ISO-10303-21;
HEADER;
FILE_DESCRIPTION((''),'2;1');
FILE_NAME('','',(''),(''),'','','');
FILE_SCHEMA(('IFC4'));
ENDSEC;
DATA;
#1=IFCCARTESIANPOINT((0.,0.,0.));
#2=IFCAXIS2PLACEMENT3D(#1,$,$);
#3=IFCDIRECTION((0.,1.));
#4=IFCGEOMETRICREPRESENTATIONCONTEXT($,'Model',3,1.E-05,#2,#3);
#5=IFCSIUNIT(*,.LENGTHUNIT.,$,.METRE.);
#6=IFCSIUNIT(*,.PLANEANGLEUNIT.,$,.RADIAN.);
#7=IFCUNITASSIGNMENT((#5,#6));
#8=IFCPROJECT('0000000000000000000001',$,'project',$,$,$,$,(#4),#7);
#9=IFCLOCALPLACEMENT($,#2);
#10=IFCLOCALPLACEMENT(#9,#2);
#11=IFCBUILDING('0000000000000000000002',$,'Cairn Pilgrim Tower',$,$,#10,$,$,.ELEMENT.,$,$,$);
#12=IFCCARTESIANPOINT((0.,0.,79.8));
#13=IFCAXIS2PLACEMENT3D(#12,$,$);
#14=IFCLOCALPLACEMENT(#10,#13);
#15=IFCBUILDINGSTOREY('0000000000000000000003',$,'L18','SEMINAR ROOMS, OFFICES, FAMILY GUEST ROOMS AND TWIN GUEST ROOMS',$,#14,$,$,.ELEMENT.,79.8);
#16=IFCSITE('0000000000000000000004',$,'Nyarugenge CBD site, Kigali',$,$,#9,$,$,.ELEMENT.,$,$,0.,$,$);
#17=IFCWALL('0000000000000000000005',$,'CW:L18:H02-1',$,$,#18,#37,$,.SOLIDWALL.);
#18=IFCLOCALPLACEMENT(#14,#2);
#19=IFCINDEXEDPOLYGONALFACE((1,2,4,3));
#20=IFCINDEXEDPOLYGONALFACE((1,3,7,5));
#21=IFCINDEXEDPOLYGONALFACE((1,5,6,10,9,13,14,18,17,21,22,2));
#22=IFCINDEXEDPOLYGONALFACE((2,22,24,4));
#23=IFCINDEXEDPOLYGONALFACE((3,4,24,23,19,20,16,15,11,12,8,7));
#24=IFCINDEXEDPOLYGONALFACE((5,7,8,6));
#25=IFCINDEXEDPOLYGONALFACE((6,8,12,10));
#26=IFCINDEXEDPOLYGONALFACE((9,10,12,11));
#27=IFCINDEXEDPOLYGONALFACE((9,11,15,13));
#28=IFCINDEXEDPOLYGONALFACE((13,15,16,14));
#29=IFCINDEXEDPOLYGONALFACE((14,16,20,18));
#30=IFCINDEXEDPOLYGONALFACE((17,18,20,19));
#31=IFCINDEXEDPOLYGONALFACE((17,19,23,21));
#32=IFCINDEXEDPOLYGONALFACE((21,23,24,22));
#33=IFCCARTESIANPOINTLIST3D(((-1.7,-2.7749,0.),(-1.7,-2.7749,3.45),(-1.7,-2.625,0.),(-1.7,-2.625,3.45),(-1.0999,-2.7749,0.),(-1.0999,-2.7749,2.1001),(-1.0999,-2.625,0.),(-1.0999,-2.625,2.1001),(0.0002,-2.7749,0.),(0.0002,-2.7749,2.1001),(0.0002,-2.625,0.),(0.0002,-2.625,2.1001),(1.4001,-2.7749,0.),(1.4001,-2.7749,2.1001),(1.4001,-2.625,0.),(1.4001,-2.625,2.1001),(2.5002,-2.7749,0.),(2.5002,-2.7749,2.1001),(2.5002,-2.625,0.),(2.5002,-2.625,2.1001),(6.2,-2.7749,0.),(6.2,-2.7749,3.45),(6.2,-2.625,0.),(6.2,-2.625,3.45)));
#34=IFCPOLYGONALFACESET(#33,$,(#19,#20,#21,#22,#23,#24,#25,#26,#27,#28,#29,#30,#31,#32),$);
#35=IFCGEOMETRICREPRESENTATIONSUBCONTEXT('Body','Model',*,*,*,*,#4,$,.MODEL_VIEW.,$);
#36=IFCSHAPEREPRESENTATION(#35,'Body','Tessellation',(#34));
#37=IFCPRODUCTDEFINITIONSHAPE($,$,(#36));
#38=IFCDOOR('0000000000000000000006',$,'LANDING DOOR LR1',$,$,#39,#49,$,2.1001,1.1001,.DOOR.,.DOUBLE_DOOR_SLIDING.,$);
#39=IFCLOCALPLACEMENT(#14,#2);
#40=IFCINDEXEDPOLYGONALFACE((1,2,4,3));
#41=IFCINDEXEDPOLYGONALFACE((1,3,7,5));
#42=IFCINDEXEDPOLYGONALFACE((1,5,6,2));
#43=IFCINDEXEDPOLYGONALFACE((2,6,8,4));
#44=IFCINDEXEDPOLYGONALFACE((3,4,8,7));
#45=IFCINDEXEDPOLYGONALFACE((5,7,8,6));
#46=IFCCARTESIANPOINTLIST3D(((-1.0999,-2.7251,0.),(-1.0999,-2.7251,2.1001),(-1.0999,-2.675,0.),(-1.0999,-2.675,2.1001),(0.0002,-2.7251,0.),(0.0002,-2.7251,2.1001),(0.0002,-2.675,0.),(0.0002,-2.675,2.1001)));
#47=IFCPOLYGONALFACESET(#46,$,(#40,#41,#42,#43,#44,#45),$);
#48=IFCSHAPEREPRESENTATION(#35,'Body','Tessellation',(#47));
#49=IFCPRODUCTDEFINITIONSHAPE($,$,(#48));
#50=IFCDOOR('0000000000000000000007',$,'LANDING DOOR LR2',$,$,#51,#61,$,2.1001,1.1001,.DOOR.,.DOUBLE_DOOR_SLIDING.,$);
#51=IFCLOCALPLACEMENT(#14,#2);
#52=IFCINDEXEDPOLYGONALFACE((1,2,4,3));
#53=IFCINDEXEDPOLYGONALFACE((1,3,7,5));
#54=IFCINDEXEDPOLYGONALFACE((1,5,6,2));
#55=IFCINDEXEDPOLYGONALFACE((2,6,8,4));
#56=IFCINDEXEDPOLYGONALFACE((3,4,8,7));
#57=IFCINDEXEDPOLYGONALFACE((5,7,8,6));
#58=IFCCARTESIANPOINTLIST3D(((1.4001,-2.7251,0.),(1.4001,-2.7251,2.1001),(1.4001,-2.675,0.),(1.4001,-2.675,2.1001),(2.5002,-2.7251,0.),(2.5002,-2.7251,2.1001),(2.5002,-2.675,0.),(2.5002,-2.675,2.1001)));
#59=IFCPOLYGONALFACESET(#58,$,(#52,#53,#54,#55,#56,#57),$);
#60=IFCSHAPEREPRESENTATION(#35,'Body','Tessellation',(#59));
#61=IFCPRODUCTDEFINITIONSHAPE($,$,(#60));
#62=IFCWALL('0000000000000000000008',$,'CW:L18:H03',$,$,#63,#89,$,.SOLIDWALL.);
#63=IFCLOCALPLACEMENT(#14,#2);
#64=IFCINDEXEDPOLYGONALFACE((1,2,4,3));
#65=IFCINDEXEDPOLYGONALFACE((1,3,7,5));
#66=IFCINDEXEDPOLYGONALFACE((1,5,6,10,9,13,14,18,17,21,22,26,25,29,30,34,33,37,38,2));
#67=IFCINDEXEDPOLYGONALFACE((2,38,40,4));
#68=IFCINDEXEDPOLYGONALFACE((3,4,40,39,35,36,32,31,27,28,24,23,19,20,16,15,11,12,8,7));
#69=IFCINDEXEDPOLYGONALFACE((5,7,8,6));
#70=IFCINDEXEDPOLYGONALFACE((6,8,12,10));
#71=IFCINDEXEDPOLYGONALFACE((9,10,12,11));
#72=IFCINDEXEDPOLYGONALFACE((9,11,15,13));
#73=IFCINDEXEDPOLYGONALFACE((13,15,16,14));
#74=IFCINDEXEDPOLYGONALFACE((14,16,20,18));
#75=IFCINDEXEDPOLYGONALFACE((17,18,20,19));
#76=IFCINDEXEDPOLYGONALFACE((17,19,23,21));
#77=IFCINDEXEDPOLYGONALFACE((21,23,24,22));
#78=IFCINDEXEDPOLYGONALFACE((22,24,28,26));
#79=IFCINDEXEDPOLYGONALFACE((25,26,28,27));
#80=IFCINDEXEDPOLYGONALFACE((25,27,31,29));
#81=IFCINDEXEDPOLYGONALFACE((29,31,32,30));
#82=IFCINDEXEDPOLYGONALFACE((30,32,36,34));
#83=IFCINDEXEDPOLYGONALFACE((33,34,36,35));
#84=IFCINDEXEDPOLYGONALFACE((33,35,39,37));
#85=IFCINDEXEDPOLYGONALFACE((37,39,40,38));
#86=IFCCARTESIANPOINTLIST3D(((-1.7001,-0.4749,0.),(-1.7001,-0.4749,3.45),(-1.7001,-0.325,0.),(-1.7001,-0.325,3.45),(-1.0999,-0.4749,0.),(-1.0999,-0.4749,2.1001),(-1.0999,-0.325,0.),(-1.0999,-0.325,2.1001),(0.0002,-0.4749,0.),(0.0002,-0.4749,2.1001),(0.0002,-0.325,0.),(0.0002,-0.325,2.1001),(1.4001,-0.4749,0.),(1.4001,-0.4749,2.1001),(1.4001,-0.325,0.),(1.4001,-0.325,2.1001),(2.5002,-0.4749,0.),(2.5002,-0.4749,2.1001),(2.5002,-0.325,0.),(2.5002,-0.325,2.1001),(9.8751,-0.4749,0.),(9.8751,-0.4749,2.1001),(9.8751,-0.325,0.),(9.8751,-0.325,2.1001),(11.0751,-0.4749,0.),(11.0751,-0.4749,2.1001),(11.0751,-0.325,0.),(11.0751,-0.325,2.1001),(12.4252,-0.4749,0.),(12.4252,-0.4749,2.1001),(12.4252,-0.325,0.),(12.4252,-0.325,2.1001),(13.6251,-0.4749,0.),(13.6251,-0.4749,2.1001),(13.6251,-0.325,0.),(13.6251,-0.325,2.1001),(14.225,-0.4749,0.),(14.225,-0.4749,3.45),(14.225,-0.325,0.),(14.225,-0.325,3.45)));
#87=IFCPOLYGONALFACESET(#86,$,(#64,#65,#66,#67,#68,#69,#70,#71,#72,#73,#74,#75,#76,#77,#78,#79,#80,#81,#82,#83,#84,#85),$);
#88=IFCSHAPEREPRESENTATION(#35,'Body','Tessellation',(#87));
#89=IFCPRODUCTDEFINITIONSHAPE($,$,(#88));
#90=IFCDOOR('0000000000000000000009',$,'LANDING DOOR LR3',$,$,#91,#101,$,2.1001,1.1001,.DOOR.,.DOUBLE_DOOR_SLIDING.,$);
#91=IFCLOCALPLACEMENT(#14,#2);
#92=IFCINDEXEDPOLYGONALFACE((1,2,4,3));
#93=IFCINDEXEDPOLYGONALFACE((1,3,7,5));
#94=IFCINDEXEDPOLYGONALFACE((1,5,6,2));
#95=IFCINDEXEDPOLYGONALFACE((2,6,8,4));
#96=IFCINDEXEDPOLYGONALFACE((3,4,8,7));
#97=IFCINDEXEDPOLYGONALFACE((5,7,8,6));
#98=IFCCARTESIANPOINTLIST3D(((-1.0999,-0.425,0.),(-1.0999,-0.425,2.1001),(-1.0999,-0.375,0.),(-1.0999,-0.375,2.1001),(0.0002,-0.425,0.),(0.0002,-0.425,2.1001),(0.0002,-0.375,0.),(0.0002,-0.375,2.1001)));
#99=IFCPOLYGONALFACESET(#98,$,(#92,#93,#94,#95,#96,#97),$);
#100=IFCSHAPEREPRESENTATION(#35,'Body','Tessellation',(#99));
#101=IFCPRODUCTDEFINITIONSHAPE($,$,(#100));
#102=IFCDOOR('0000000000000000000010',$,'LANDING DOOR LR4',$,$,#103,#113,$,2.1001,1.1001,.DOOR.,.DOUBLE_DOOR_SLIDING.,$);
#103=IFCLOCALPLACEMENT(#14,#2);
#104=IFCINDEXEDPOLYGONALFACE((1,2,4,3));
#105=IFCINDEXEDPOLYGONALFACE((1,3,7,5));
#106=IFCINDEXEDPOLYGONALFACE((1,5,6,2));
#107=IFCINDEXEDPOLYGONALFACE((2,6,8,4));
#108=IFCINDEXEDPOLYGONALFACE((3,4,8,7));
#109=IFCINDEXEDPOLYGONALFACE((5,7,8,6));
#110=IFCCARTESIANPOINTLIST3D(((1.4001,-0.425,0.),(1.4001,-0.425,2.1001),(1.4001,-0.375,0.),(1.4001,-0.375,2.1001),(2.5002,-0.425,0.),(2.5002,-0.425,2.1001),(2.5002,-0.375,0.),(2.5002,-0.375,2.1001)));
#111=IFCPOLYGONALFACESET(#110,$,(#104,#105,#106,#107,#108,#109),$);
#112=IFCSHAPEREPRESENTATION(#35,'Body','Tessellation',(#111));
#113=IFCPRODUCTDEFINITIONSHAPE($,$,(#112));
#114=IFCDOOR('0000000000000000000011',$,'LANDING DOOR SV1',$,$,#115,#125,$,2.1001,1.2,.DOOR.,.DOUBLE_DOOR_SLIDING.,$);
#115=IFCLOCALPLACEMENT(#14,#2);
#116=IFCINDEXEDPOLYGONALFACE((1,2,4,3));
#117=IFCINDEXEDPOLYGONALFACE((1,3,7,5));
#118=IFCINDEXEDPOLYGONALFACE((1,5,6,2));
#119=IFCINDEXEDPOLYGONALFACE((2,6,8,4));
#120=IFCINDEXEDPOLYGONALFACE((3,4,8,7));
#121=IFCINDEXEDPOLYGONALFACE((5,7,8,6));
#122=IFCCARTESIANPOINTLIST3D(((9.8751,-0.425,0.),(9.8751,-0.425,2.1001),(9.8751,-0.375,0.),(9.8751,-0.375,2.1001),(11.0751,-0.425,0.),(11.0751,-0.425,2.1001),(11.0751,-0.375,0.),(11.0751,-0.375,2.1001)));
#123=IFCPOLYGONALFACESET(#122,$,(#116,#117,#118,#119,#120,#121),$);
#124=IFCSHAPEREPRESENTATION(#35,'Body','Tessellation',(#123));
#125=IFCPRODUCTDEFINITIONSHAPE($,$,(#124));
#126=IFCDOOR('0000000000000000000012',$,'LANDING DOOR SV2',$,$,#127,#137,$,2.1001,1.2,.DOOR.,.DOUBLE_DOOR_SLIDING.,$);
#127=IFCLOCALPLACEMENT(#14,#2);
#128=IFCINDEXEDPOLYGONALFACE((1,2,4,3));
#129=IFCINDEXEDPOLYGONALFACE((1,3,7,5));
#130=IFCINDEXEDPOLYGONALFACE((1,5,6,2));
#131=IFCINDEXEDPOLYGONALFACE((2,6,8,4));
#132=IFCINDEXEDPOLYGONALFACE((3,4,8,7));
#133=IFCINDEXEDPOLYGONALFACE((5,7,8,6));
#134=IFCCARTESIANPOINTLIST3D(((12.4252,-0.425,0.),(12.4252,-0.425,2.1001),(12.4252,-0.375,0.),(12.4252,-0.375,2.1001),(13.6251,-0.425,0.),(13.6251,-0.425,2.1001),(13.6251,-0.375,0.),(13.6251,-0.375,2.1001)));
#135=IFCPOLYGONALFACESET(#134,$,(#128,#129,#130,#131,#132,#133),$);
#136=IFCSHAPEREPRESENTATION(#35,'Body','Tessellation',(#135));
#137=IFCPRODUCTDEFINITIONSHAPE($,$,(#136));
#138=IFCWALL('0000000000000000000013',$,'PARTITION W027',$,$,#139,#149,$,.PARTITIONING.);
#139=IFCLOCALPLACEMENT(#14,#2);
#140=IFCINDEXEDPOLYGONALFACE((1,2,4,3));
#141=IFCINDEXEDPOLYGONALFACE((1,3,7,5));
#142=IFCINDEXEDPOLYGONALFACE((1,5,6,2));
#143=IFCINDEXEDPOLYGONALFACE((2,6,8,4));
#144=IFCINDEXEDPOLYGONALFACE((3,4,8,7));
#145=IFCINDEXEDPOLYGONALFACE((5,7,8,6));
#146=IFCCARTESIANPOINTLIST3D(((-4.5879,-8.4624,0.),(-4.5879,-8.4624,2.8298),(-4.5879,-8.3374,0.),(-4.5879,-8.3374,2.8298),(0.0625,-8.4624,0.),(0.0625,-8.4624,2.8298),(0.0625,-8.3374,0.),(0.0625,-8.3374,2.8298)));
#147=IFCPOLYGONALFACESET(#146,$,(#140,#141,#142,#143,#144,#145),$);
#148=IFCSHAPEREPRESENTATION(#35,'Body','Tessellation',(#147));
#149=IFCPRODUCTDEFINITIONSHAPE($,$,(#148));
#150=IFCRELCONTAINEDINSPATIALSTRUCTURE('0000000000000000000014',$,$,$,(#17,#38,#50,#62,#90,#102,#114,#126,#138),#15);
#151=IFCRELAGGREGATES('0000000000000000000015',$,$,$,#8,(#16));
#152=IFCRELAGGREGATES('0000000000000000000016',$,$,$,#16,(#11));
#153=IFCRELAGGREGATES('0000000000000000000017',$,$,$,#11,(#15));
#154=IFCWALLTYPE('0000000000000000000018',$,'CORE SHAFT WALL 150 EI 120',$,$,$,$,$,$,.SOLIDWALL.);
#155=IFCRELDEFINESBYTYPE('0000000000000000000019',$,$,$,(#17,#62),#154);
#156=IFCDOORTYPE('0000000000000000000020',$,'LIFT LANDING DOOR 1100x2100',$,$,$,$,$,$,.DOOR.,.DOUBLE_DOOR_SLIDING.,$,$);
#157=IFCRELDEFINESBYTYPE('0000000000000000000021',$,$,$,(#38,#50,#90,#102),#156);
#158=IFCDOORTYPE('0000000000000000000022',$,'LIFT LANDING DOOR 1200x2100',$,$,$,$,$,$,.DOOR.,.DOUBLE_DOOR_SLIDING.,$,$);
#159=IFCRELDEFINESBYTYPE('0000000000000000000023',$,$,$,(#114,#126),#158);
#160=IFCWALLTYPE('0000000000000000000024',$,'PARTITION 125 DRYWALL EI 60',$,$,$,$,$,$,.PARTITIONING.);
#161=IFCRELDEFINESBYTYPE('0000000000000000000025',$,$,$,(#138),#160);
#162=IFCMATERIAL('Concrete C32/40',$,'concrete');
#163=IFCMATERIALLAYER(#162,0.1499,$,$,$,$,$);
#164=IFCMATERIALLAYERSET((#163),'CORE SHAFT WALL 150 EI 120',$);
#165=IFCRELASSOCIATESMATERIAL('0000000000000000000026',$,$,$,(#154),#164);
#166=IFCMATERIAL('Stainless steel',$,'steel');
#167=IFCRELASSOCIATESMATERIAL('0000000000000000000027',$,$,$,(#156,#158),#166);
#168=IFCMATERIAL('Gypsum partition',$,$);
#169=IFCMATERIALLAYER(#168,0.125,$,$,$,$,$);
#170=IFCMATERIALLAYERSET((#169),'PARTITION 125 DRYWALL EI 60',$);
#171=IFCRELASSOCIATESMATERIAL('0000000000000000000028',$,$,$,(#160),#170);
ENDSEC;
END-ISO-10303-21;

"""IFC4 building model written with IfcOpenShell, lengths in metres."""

from ifc_helpers import new_model, si_unit, direction, frame, frame_2d, origin, place, context, subcontext, project, spatial, rectangle, extrude, material, layer, layer_set, type_object, element, fill, save


model = new_model("IFC4")

# Units and contexts
model_context = context("Model", 3, precision=1e-05, world=origin(), true_north=direction((0.0, 1.0)))
body_context = subcontext(model_context, "Body", "Model", "MODEL_VIEW")
ifc_project = project(units=[si_unit("LENGTHUNIT", "METRE"), si_unit("PLANEANGLEUNIT", "RADIAN")], contexts=[model_context])

# Site, building, storey
site_placement = place(None, origin())
site = spatial("IfcSite", under=ifc_project, at=site_placement, Name="Nyarugenge CBD site, Kigali", CompositionType="ELEMENT", RefElevation=0.0)
building_placement = place(site_placement, origin())
building = spatial("IfcBuilding", under=site, at=building_placement, Name="Cairn Pilgrim Tower", CompositionType="ELEMENT")
storey_placement = place(building_placement, frame((0.0, 0.0, 79.8)))
storey = spatial("IfcBuildingStorey", under=building, at=storey_placement, Name="L18", Description="SEMINAR ROOMS, OFFICES, FAMILY GUEST ROOMS AND TWIN GUEST ROOMS", CompositionType="ELEMENT", Elevation=79.8)

# Shared definitions
ifc_material_1 = material(Name="Concrete C32/40", Category="concrete")

# Walls, openings, doors
ifc_layer_1 = layer(ifc_material_1, 0.1499)
ifc_layer_set_1 = layer_set([ifc_layer_1], Name="CORE SHAFT WALL 150 EI 120")
wall_type_1 = type_object("IfcWallType", Name="CORE SHAFT WALL 150 EI 120", PredefinedType="SOLIDWALL", material=ifc_layer_set_1)
wall_1_placement = place(storey_placement, frame((-1.7, -2.7, 0.0), z_axis=(0.0, 0.0, 1.0), x_axis=(1.0, 0.0, 0.0)))
wall_1 = element("IfcWall", 1, at=wall_1_placement, inside=storey, type_object=wall_type_1, Name="CW:L18:H02-1", PredefinedType="SOLIDWALL", context=body_context, shape_type="SweptSolid", body=[
    extrude(rectangle(XDim=7.8999, YDim=0.1499, at=frame_2d((3.95, 0.0))), origin(), (0.0, 0.0, 1.0), 3.45),
])
opening_1_placement = place(wall_1_placement, frame((0.6001, 0.0, 0.0)))
opening_1 = element("IfcOpeningElement", 2, at=opening_1_placement, cuts=wall_1, PredefinedType="OPENING", context=body_context, shape_type="SweptSolid", body=[
    extrude(rectangle(XDim=1.1001, YDim=2.1001, at=frame_2d((0.55, 1.05))), frame((0.0, 0.085, 0.0), z_axis=(0.0, -1.0, 0.0), x_axis=(1.0, 0.0, 0.0)), (0.0, 0.0, 1.0), 0.1699),
])
opening_2_placement = place(wall_1_placement, frame((3.1001, 0.0, 0.0)))
opening_2 = element("IfcOpeningElement", 3, at=opening_2_placement, cuts=wall_1, PredefinedType="OPENING", context=body_context, shape_type="SweptSolid", body=[
    extrude(rectangle(XDim=1.1001, YDim=2.1001, at=frame_2d((0.55, 1.05))), frame((0.0, 0.085, 0.0), z_axis=(0.0, -1.0, 0.0), x_axis=(1.0, 0.0, 0.0)), (0.0, 0.0, 1.0), 0.1699),
])
ifc_material_2 = material(Name="Stainless steel", Category="steel")
door_type_1 = type_object("IfcDoorType", Name="LIFT LANDING DOOR 1100x2100", OperationType="DOUBLE_DOOR_SLIDING", PredefinedType="DOOR", material=ifc_material_2)
door_1_placement = place(opening_1_placement, origin())
door_1 = element("IfcDoor", 4, at=door_1_placement, inside=storey, type_object=door_type_1, Name="LANDING DOOR LR1", OperationType="DOUBLE_DOOR_SLIDING", OverallHeight=2.1001, OverallWidth=1.1001, PredefinedType="DOOR", context=body_context, shape_type="SweptSolid", body=[
    extrude(rectangle(XDim=1.1001, YDim=2.1001, at=frame_2d((0.55, 1.05))), frame((0.0, 0.0249, 0.0), z_axis=(0.0, -1.0, 0.0), x_axis=(1.0, 0.0, 0.0)), (0.0, 0.0, 1.0), 0.05),
])
fill(opening_1, door_1)
door_2_placement = place(opening_2_placement, origin())
door_2 = element("IfcDoor", 5, at=door_2_placement, inside=storey, type_object=door_type_1, Name="LANDING DOOR LR2", OperationType="DOUBLE_DOOR_SLIDING", OverallHeight=2.1001, OverallWidth=1.1001, PredefinedType="DOOR", context=body_context, shape_type="SweptSolid", body=[
    extrude(rectangle(XDim=1.1001, YDim=2.1001, at=frame_2d((0.55, 1.05))), frame((0.0, 0.0249, 0.0), z_axis=(0.0, -1.0, 0.0), x_axis=(1.0, 0.0, 0.0)), (0.0, 0.0, 1.0), 0.05),
])
fill(opening_2, door_2)
wall_2_placement = place(storey_placement, frame((-1.7, -0.3999, 0.0), z_axis=(0.0, 0.0, 1.0), x_axis=(1.0, 0.0, 0.0)))
wall_2 = element("IfcWall", 6, at=wall_2_placement, inside=storey, type_object=wall_type_1, Name="CW:L18:H03", PredefinedType="SOLIDWALL", context=body_context, shape_type="SweptSolid", body=[
    extrude(rectangle(XDim=15.925, YDim=0.1499, at=frame_2d((7.9624, 0.0))), origin(), (0.0, 0.0, 1.0), 3.45),
])
opening_3_placement = place(wall_2_placement, frame((0.6001, 0.0, 0.0)))
opening_3 = element("IfcOpeningElement", 7, at=opening_3_placement, cuts=wall_2, PredefinedType="OPENING", context=body_context, shape_type="SweptSolid", body=[
    extrude(rectangle(XDim=1.1001, YDim=2.1001, at=frame_2d((0.55, 1.05))), frame((0.0, 0.085, 0.0), z_axis=(0.0, -1.0, 0.0), x_axis=(1.0, 0.0, 0.0)), (0.0, 0.0, 1.0), 0.1699),
])
opening_4_placement = place(wall_2_placement, frame((3.1001, 0.0, 0.0)))
opening_4 = element("IfcOpeningElement", 8, at=opening_4_placement, cuts=wall_2, PredefinedType="OPENING", context=body_context, shape_type="SweptSolid", body=[
    extrude(rectangle(XDim=1.1001, YDim=2.1001, at=frame_2d((0.55, 1.05))), frame((0.0, 0.085, 0.0), z_axis=(0.0, -1.0, 0.0), x_axis=(1.0, 0.0, 0.0)), (0.0, 0.0, 1.0), 0.1699),
])
opening_5_placement = place(wall_2_placement, frame((11.575, 0.0, 0.0)))
opening_5 = element("IfcOpeningElement", 9, at=opening_5_placement, cuts=wall_2, PredefinedType="OPENING", context=body_context, shape_type="SweptSolid", body=[
    extrude(rectangle(XDim=1.2, YDim=2.1001, at=frame_2d((0.6001, 1.05))), frame((0.0, 0.085, 0.0), z_axis=(0.0, -1.0, 0.0), x_axis=(1.0, 0.0, 0.0)), (0.0, 0.0, 1.0), 0.1699),
])
opening_6_placement = place(wall_2_placement, frame((14.125, 0.0, 0.0)))
opening_6 = element("IfcOpeningElement", 10, at=opening_6_placement, cuts=wall_2, PredefinedType="OPENING", context=body_context, shape_type="SweptSolid", body=[
    extrude(rectangle(XDim=1.2, YDim=2.1001, at=frame_2d((0.6001, 1.05))), frame((0.0, 0.085, 0.0), z_axis=(0.0, -1.0, 0.0), x_axis=(1.0, 0.0, 0.0)), (0.0, 0.0, 1.0), 0.1699),
])
door_3_placement = place(opening_3_placement, origin())
door_3 = element("IfcDoor", 11, at=door_3_placement, inside=storey, type_object=door_type_1, Name="LANDING DOOR LR3", OperationType="DOUBLE_DOOR_SLIDING", OverallHeight=2.1001, OverallWidth=1.1001, PredefinedType="DOOR", context=body_context, shape_type="SweptSolid", body=[
    extrude(rectangle(XDim=1.1001, YDim=2.1001, at=frame_2d((0.55, 1.05))), frame((0.0, 0.0249, 0.0), z_axis=(0.0, -1.0, 0.0), x_axis=(1.0, 0.0, 0.0)), (0.0, 0.0, 1.0), 0.05),
])
fill(opening_3, door_3)
door_4_placement = place(opening_4_placement, origin())
door_4 = element("IfcDoor", 12, at=door_4_placement, inside=storey, type_object=door_type_1, Name="LANDING DOOR LR4", OperationType="DOUBLE_DOOR_SLIDING", OverallHeight=2.1001, OverallWidth=1.1001, PredefinedType="DOOR", context=body_context, shape_type="SweptSolid", body=[
    extrude(rectangle(XDim=1.1001, YDim=2.1001, at=frame_2d((0.55, 1.05))), frame((0.0, 0.0249, 0.0), z_axis=(0.0, -1.0, 0.0), x_axis=(1.0, 0.0, 0.0)), (0.0, 0.0, 1.0), 0.05),
])
fill(opening_4, door_4)
door_type_2 = type_object("IfcDoorType", Name="LIFT LANDING DOOR 1200x2100", OperationType="DOUBLE_DOOR_SLIDING", PredefinedType="DOOR", material=ifc_material_2)
door_5_placement = place(opening_5_placement, origin())
door_5 = element("IfcDoor", 13, at=door_5_placement, inside=storey, type_object=door_type_2, Name="LANDING DOOR SV1", OperationType="DOUBLE_DOOR_SLIDING", OverallHeight=2.1001, OverallWidth=1.2, PredefinedType="DOOR", context=body_context, shape_type="SweptSolid", body=[
    extrude(rectangle(XDim=1.2, YDim=2.1001, at=frame_2d((0.6001, 1.05))), frame((0.0, 0.0249, 0.0), z_axis=(0.0, -1.0, 0.0), x_axis=(1.0, 0.0, 0.0)), (0.0, 0.0, 1.0), 0.05),
])
fill(opening_5, door_5)
door_6_placement = place(opening_6_placement, origin())
door_6 = element("IfcDoor", 14, at=door_6_placement, inside=storey, type_object=door_type_2, Name="LANDING DOOR SV2", OperationType="DOUBLE_DOOR_SLIDING", OverallHeight=2.1001, OverallWidth=1.2, PredefinedType="DOOR", context=body_context, shape_type="SweptSolid", body=[
    extrude(rectangle(XDim=1.2, YDim=2.1001, at=frame_2d((0.6001, 1.05))), frame((0.0, 0.0249, 0.0), z_axis=(0.0, -1.0, 0.0), x_axis=(1.0, 0.0, 0.0)), (0.0, 0.0, 1.0), 0.05),
])
fill(opening_6, door_6)

# Wall
ifc_material_3 = material(Name="Gypsum partition")
ifc_layer_2 = layer(ifc_material_3, 0.125)
ifc_layer_set_2 = layer_set([ifc_layer_2], Name="PARTITION 125 DRYWALL EI 60")
wall_type_2 = type_object("IfcWallType", Name="PARTITION 125 DRYWALL EI 60", PredefinedType="PARTITIONING", material=ifc_layer_set_2)
wall_3_placement = place(storey_placement, frame((-4.5879, -8.3999, 0.0), z_axis=(0.0, 0.0, 1.0), x_axis=(1.0, 0.0, 0.0)))
element("IfcWall", 15, at=wall_3_placement, inside=storey, type_object=wall_type_2, Name="PARTITION W027", PredefinedType="PARTITIONING", context=body_context, shape_type="SweptSolid", body=[
    extrude(rectangle(XDim=4.6504, YDim=0.125, at=frame_2d((2.3252, 0.0))), origin(), (0.0, 0.0, 1.0), 2.8298),
])

save(model, "model.ifc")
